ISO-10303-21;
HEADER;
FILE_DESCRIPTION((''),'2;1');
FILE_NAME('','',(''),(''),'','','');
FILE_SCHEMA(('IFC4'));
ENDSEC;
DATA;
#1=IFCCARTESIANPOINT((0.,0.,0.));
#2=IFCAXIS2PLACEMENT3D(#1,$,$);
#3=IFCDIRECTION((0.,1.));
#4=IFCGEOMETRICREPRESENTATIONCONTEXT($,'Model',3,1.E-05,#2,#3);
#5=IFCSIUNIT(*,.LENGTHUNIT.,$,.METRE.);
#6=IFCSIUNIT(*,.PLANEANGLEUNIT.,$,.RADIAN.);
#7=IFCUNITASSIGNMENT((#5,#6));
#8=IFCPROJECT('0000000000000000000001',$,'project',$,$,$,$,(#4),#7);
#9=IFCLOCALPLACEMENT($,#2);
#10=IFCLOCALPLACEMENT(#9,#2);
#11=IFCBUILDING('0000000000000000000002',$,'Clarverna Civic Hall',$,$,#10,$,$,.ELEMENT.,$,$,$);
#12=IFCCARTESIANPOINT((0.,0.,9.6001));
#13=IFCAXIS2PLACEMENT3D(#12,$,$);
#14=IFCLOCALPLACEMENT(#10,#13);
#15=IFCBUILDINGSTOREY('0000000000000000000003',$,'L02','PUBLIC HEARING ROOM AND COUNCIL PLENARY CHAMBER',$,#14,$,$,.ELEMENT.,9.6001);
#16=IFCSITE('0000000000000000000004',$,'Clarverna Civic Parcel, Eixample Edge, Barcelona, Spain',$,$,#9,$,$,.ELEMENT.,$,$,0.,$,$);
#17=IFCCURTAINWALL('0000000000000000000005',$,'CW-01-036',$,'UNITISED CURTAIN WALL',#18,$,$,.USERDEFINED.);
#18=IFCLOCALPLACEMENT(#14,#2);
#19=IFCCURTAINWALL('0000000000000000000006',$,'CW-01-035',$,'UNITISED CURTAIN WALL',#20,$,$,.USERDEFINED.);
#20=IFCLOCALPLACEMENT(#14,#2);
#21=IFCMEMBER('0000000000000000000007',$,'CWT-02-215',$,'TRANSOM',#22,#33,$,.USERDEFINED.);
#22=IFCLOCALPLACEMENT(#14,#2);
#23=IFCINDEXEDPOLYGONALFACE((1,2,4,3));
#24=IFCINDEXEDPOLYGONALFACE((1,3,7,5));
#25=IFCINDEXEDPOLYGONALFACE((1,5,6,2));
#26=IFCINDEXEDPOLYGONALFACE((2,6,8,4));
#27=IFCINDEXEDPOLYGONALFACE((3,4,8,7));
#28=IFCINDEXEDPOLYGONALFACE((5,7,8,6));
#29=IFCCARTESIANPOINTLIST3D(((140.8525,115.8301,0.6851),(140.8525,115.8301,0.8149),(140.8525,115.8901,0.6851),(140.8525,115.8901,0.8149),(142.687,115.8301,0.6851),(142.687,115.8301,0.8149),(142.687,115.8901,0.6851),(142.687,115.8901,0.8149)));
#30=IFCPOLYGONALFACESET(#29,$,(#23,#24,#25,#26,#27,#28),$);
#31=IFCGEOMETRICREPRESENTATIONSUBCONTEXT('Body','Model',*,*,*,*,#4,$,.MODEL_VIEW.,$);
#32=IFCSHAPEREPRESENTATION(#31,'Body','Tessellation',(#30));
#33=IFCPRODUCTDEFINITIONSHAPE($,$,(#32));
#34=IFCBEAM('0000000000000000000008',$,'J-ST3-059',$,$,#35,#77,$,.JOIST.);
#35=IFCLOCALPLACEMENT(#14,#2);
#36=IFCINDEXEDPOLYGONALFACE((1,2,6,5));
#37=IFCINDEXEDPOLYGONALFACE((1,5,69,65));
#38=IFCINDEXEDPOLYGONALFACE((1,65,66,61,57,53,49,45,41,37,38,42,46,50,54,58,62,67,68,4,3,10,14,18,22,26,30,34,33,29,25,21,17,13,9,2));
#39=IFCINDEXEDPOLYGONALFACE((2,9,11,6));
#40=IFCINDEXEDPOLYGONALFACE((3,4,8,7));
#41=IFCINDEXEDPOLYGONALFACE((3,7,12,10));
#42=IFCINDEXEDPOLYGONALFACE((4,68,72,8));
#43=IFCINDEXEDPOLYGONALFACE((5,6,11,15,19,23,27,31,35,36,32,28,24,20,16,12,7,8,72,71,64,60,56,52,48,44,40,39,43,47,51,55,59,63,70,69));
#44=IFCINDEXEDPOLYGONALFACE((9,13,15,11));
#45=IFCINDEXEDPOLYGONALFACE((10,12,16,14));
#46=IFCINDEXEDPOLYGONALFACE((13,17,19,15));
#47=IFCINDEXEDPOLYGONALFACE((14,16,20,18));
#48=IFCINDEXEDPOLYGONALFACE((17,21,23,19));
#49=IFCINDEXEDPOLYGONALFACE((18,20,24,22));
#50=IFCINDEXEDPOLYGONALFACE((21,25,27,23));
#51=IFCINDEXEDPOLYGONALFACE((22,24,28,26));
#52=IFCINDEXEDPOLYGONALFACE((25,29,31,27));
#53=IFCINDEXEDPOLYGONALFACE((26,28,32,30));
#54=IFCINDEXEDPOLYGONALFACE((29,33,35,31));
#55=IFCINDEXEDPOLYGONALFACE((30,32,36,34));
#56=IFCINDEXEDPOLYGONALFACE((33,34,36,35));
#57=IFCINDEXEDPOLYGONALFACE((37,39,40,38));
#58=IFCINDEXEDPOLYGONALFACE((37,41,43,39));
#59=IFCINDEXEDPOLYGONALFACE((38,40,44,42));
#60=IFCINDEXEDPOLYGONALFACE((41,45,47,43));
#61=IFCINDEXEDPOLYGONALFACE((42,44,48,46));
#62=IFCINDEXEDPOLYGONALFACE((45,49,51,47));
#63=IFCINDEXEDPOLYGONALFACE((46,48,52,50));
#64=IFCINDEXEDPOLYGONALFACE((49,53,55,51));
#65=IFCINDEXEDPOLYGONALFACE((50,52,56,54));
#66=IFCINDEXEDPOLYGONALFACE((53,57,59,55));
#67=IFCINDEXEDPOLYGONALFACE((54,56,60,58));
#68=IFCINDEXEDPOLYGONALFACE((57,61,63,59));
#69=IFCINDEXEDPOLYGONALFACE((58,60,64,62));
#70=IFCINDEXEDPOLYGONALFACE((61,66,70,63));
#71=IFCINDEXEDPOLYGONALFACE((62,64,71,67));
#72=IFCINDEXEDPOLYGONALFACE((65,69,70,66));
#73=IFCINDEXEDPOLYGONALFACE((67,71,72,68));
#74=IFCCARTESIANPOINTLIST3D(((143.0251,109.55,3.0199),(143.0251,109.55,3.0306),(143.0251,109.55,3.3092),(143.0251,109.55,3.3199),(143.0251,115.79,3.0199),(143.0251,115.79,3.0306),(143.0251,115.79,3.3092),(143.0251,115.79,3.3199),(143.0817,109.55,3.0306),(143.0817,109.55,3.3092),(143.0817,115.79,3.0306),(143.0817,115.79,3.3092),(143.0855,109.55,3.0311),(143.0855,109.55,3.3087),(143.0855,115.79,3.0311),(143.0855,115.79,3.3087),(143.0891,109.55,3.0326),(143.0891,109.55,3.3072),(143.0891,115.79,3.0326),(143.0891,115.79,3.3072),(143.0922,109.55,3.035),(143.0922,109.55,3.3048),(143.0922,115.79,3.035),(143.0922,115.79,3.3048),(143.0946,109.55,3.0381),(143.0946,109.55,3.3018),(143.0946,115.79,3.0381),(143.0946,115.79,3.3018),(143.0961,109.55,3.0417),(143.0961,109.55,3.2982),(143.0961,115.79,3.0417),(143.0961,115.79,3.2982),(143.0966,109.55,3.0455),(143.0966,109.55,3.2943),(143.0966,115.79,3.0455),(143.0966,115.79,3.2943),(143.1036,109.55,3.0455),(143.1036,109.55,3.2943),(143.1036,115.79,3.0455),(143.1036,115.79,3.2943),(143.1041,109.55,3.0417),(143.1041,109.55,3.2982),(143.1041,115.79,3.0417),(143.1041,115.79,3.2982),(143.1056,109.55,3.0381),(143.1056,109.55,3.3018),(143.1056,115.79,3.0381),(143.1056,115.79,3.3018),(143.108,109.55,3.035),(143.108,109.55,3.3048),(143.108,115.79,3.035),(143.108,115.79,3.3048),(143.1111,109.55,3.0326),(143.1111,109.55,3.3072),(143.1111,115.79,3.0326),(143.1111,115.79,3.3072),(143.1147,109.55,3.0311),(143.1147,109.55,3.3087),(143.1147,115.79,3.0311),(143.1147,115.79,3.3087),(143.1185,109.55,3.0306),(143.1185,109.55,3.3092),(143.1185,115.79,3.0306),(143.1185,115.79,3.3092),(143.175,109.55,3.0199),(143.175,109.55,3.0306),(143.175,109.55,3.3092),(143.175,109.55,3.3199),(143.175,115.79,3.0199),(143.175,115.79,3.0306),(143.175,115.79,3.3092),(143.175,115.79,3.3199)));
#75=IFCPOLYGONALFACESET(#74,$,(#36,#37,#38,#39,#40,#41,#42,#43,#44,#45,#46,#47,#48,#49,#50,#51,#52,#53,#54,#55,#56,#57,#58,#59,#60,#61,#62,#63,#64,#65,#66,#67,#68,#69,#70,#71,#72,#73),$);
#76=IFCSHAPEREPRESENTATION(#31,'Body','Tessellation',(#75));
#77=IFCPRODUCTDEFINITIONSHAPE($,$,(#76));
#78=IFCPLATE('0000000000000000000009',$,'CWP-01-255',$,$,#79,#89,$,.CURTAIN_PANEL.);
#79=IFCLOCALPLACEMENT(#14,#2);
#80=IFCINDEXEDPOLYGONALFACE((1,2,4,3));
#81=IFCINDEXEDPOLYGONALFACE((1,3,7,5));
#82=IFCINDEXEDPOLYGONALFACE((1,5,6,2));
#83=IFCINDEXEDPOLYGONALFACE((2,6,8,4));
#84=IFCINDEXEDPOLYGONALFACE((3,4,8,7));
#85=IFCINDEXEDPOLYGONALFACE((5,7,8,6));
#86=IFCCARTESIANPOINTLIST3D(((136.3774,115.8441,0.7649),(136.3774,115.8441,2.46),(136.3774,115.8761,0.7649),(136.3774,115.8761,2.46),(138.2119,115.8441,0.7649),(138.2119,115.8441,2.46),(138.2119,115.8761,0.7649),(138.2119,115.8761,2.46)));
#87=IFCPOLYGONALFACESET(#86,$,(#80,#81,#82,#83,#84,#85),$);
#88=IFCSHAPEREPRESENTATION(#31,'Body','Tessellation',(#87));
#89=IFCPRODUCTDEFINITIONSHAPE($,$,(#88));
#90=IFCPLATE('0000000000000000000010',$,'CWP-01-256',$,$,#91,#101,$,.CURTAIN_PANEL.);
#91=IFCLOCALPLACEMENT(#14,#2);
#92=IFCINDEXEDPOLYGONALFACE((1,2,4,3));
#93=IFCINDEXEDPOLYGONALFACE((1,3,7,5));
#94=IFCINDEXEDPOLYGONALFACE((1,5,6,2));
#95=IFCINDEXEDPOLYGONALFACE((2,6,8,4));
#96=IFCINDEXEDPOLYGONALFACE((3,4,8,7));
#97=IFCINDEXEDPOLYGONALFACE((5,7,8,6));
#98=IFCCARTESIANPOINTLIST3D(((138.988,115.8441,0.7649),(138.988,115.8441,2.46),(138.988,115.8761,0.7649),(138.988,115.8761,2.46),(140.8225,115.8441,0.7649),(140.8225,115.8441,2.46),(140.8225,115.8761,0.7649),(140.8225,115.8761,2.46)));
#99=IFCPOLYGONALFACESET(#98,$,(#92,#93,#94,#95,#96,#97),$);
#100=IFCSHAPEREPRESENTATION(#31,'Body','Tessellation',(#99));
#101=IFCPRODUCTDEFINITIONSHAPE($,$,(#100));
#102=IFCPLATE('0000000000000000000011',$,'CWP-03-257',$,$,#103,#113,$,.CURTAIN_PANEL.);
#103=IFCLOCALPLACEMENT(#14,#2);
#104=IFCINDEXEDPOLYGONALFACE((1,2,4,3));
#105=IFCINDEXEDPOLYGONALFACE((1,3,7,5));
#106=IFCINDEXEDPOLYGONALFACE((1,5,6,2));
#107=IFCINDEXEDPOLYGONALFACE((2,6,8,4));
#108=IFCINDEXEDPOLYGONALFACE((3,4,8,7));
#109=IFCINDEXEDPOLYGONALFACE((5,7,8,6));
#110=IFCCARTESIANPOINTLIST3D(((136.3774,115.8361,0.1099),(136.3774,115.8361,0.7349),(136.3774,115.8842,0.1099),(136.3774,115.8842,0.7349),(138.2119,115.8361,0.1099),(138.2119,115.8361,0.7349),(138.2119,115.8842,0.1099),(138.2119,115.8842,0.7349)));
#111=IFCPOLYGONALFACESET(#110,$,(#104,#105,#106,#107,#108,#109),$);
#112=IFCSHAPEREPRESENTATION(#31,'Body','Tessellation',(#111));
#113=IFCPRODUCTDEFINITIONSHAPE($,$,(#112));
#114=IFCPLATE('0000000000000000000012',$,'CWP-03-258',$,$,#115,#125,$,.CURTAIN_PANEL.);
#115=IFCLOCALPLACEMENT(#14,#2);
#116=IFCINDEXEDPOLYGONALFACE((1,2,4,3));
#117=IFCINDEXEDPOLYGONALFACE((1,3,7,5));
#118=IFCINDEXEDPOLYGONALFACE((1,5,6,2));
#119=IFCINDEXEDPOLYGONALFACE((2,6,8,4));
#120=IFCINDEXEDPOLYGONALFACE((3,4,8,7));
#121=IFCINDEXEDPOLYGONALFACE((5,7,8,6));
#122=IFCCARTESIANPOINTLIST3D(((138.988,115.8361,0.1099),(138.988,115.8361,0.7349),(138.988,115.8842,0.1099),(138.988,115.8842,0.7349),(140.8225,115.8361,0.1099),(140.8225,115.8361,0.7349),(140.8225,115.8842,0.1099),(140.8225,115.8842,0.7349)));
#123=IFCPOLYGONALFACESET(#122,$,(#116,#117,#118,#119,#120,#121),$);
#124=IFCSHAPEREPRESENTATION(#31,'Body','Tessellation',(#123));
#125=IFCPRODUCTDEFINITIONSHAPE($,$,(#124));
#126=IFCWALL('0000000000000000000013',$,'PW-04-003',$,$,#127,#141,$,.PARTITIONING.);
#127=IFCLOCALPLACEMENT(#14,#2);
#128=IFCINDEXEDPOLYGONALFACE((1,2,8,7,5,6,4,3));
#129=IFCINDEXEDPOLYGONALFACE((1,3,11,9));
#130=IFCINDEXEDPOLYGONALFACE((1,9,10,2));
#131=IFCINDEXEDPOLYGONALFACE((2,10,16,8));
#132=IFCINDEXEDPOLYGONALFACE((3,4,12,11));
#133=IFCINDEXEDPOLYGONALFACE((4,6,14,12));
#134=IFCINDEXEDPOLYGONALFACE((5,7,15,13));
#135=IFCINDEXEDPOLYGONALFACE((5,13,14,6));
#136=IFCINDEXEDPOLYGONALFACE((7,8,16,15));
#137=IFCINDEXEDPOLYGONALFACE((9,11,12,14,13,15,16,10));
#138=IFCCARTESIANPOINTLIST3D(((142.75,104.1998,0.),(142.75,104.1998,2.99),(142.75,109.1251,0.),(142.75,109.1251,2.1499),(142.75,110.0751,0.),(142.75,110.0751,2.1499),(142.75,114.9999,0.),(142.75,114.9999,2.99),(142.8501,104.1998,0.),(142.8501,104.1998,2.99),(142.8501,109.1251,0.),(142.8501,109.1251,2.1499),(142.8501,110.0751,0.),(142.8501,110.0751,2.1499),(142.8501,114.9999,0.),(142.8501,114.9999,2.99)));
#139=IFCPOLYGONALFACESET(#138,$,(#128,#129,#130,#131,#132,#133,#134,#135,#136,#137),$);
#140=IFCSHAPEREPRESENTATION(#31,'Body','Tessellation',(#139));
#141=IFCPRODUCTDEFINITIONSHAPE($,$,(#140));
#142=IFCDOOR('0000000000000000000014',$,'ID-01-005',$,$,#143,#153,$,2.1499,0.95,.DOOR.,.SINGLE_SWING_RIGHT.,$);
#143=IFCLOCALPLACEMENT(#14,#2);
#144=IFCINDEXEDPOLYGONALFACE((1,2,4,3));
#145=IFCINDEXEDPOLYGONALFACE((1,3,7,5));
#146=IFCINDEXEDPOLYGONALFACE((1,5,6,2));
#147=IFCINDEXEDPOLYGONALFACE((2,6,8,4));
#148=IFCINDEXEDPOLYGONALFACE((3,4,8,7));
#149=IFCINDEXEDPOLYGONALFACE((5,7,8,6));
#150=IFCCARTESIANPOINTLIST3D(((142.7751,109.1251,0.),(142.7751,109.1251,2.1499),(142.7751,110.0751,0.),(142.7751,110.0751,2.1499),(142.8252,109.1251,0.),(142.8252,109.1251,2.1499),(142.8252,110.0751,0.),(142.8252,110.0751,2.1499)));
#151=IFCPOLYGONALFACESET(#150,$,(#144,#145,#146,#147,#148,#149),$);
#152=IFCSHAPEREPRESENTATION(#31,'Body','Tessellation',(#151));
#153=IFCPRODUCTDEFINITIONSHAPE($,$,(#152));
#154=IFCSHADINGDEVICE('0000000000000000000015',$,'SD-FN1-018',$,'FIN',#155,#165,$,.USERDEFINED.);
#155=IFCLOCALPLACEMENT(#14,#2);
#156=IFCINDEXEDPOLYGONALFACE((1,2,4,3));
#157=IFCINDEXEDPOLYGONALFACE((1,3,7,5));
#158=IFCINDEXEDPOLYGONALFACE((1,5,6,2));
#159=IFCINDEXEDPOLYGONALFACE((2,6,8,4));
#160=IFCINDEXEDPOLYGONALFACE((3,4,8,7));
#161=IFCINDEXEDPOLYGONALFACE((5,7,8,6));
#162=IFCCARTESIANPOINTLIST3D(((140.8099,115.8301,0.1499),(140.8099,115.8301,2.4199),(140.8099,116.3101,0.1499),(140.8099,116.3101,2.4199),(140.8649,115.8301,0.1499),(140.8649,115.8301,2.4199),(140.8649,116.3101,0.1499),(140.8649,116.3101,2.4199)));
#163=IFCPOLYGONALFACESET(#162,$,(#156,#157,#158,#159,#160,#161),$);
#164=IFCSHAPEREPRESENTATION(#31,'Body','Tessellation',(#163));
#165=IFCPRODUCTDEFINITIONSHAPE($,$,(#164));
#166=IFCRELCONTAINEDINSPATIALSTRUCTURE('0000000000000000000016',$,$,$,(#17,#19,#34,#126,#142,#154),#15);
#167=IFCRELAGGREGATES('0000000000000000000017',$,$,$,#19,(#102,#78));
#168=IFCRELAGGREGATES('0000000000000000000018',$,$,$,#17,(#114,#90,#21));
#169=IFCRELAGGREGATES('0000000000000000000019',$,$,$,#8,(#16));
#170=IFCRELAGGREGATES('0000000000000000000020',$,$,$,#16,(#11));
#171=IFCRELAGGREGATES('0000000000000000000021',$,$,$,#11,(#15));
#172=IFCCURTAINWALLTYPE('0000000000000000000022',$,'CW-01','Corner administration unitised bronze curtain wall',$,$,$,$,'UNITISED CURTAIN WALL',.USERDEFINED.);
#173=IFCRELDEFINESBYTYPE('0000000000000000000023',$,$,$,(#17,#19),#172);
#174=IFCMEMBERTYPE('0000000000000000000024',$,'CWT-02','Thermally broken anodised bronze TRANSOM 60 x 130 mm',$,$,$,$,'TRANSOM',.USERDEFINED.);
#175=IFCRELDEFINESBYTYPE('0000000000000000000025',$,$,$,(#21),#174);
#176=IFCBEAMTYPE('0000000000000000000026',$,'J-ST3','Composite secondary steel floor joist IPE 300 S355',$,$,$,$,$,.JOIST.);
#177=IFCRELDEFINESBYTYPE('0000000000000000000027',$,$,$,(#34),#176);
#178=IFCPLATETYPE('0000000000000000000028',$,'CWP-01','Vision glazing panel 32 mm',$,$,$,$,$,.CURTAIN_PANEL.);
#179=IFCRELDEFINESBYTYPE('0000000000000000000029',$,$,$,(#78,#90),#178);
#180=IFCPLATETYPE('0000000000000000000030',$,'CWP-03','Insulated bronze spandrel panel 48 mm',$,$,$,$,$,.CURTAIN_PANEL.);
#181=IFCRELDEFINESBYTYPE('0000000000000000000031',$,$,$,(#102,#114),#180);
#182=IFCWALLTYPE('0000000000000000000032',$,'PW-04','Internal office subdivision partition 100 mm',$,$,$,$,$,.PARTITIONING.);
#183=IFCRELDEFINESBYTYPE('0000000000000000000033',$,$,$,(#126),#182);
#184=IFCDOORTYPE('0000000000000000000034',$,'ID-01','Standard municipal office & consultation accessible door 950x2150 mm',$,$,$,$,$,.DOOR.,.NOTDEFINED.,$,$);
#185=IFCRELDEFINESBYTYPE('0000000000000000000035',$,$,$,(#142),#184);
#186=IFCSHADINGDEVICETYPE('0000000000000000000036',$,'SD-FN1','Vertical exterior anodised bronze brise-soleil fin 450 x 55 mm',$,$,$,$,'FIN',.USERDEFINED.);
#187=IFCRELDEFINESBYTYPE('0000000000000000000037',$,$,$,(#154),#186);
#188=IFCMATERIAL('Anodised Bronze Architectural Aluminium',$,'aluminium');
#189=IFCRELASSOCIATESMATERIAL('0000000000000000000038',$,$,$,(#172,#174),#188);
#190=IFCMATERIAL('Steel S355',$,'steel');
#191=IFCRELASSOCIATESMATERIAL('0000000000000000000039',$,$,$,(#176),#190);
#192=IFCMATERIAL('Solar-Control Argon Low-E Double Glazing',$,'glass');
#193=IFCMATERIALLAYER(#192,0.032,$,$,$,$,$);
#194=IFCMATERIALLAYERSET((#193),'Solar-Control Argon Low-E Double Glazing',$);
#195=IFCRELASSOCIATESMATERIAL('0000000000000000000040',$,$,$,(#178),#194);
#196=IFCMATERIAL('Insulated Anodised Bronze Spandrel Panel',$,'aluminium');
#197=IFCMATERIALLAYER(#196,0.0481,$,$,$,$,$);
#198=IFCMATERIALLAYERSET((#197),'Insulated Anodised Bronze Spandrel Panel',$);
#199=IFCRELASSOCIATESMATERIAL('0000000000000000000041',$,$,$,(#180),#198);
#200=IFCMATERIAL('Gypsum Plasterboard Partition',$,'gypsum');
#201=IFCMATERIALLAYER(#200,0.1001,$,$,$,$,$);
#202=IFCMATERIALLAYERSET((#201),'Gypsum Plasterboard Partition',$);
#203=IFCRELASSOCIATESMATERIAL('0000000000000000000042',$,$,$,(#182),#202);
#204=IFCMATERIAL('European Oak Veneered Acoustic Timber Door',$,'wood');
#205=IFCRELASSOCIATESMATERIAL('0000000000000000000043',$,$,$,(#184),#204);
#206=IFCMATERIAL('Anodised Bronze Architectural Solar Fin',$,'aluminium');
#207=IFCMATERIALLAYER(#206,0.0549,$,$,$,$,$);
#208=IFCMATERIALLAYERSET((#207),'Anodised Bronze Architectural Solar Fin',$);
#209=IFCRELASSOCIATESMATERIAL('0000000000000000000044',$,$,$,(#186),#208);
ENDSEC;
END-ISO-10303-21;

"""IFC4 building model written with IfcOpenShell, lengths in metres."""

from ifc_helpers import new_model, si_unit, direction, frame, frame_2d, origin, origin_2d, place, context, subcontext, project, spatial, rectangle, i_section, extrude, material, layer, layer_set, material_profile, profile_set, type_object, element, fill, aggregate, save


model = new_model("IFC4")

# Units and contexts
model_context = context("Model", 3, precision=1e-05, world=origin(), true_north=direction((0.0, 1.0)))
body_context = subcontext(model_context, "Body", "Model", "MODEL_VIEW")
ifc_project = project(units=[si_unit("LENGTHUNIT", "METRE"), si_unit("PLANEANGLEUNIT", "RADIAN")], contexts=[model_context])

# Site, building, storey
site_placement = place(None, origin())
site = spatial("IfcSite", under=ifc_project, at=site_placement, Name="Clarverna Civic Parcel, Eixample Edge, Barcelona, Spain", CompositionType="ELEMENT", RefElevation=0.0)
building_placement = place(site_placement, origin())
building = spatial("IfcBuilding", under=site, at=building_placement, Name="Clarverna Civic Hall", CompositionType="ELEMENT")
storey_placement = place(building_placement, frame((0.0, 0.0, 9.6001)))
storey = spatial("IfcBuildingStorey", under=building, at=storey_placement, Name="L02", Description="PUBLIC HEARING ROOM AND COUNCIL PLENARY CHAMBER", CompositionType="ELEMENT", Elevation=9.6001)

# Shared definitions
ifc_material_1 = material(Name="Steel S355", Category="steel")

# Curtain wall
ifc_material_2 = material(Name="Anodised Bronze Architectural Aluminium", Category="aluminium")
curtain_wall_type = type_object("IfcCurtainWallType", Name="CW-01", Description="Corner administration unitised bronze curtain wall", ElementType="UNITISED CURTAIN WALL", PredefinedType="USERDEFINED", material=ifc_material_2)
curtain_wall_1_placement = place(storey_placement, origin())
curtain_wall_1 = element("IfcCurtainWall", 1, at=curtain_wall_1_placement, inside=storey, type_object=curtain_wall_type, Name="CW-01-036", ObjectType="UNITISED CURTAIN WALL", PredefinedType="USERDEFINED")

# Curtain wall
curtain_wall_2_placement = place(storey_placement, origin())
curtain_wall_2 = element("IfcCurtainWall", 2, at=curtain_wall_2_placement, inside=storey, type_object=curtain_wall_type, Name="CW-01-035", ObjectType="UNITISED CURTAIN WALL", PredefinedType="USERDEFINED")

# Member
ifc_material_profile_1 = material_profile(ifc_material_2, rectangle(XDim=0.0601, YDim=0.1299, at=origin_2d()), Name="BRONZE 60x130")
ifc_profile_set_1 = profile_set([ifc_material_profile_1], Name="Anodised Bronze Architectural Aluminium")
member_type_1 = type_object("IfcMemberType", Name="CWT-02", Description="Thermally broken anodised bronze TRANSOM 60 x 130 mm", ElementType="TRANSOM", PredefinedType="USERDEFINED", material=ifc_profile_set_1)
member_1_placement = place(storey_placement, frame((140.8525, 115.8601, 0.75), z_axis=(1.0, 0.0, 0.0), x_axis=(0.0, 1.0, 0.0)))
member_1 = element("IfcMember", 3, at=member_1_placement, type_object=member_type_1, Name="CWT-02-215", ObjectType="TRANSOM", PredefinedType="USERDEFINED", context=body_context, shape_type="SweptSolid", body=[
    extrude(rectangle(XDim=0.0601, YDim=0.1299, at=origin_2d()), origin(), (0.0, 0.0, 1.0), 1.8345),
])

# Beam
ifc_material_profile_2 = material_profile(ifc_material_1, i_section(OverallWidth=0.1499, OverallDepth=0.3, WebThickness=0.0071, FlangeThickness=0.0107, FilletRadius=0.0149, at=origin_2d()), Name="IPE 300")
ifc_profile_set_2 = profile_set([ifc_material_profile_2], Name="Steel S355")
beam_type_1 = type_object("IfcBeamType", Name="J-ST3", Description="Composite secondary steel floor joist IPE 300 S355", PredefinedType="JOIST", material=ifc_profile_set_2)
beam_1_placement = place(storey_placement, frame((143.1001, 109.55, 3.1699), z_axis=(0.0, 1.0, 0.0), x_axis=(-1.0, 0.0, 0.0)))
element("IfcBeam", 4, at=beam_1_placement, inside=storey, type_object=beam_type_1, Name="J-ST3-059", PredefinedType="JOIST", context=body_context, shape_type="SweptSolid", body=[
    extrude(i_section(OverallWidth=0.1499, OverallDepth=0.3, WebThickness=0.0071, FlangeThickness=0.0107, FilletRadius=0.0149, at=origin_2d()), origin(), (0.0, 0.0, 1.0), 6.24),
])

# Plates
ifc_material_3 = material(Name="Solar-Control Argon Low-E Double Glazing", Category="glass")
ifc_layer_1 = layer(ifc_material_3, 0.032)
ifc_layer_set_1 = layer_set([ifc_layer_1], Name="Solar-Control Argon Low-E Double Glazing")
plate_type_1 = type_object("IfcPlateType", Name="CWP-01", Description="Vision glazing panel 32 mm", PredefinedType="CURTAIN_PANEL", material=ifc_layer_set_1)
plate_1_placement = place(storey_placement, frame((136.3774, 115.8601, 0.7649), z_axis=(0.0, 0.0, 1.0), x_axis=(1.0, 0.0, 0.0)))
plate_1 = element("IfcPlate", 5, at=plate_1_placement, type_object=plate_type_1, Name="CWP-01-255", PredefinedType="CURTAIN_PANEL", context=body_context, shape_type="SweptSolid", body=[
    extrude(rectangle(XDim=1.8345, YDim=0.032, at=frame_2d((0.9172, 0.0))), origin(), (0.0, 0.0, 1.0), 1.6951),
])
plate_2_placement = place(storey_placement, frame((138.988, 115.8601, 0.7649), z_axis=(0.0, 0.0, 1.0), x_axis=(1.0, 0.0, 0.0)))
plate_2 = element("IfcPlate", 6, at=plate_2_placement, type_object=plate_type_1, Name="CWP-01-256", PredefinedType="CURTAIN_PANEL", context=body_context, shape_type="SweptSolid", body=[
    extrude(rectangle(XDim=1.8345, YDim=0.032, at=frame_2d((0.9172, 0.0))), origin(), (0.0, 0.0, 1.0), 1.6951),
])
ifc_material_4 = material(Name="Insulated Anodised Bronze Spandrel Panel", Category="aluminium")
ifc_layer_2 = layer(ifc_material_4, 0.0481)
ifc_layer_set_2 = layer_set([ifc_layer_2], Name="Insulated Anodised Bronze Spandrel Panel")
plate_type_2 = type_object("IfcPlateType", Name="CWP-03", Description="Insulated bronze spandrel panel 48 mm", PredefinedType="CURTAIN_PANEL", material=ifc_layer_set_2)
plate_3_placement = place(storey_placement, frame((136.3774, 115.8601, 0.1099), z_axis=(0.0, 0.0, 1.0), x_axis=(1.0, 0.0, 0.0)))
plate_3 = element("IfcPlate", 7, at=plate_3_placement, type_object=plate_type_2, Name="CWP-03-257", PredefinedType="CURTAIN_PANEL", context=body_context, shape_type="SweptSolid", body=[
    extrude(rectangle(XDim=1.8345, YDim=0.0481, at=frame_2d((0.9172, 0.0))), origin(), (0.0, 0.0, 1.0), 0.625),
])
aggregate(curtain_wall_2, [plate_3, plate_1])
plate_4_placement = place(storey_placement, frame((138.988, 115.8601, 0.1099), z_axis=(0.0, 0.0, 1.0), x_axis=(1.0, 0.0, 0.0)))
plate_4 = element("IfcPlate", 8, at=plate_4_placement, type_object=plate_type_2, Name="CWP-03-258", PredefinedType="CURTAIN_PANEL", context=body_context, shape_type="SweptSolid", body=[
    extrude(rectangle(XDim=1.8345, YDim=0.0481, at=frame_2d((0.9172, 0.0))), origin(), (0.0, 0.0, 1.0), 0.625),
])
aggregate(curtain_wall_1, [plate_4, plate_2, member_1])

# Wall, opening, door
ifc_material_5 = material(Name="Gypsum Plasterboard Partition", Category="gypsum")
ifc_layer_3 = layer(ifc_material_5, 0.1001)
ifc_layer_set_3 = layer_set([ifc_layer_3], Name="Gypsum Plasterboard Partition")
wall_type = type_object("IfcWallType", Name="PW-04", Description="Internal office subdivision partition 100 mm", PredefinedType="PARTITIONING", material=ifc_layer_set_3)
wall_placement = place(storey_placement, frame((142.8, 104.2, 0.0), z_axis=(0.0, 0.0, 1.0), x_axis=(0.0, 1.0, 0.0)))
wall = element("IfcWall", 9, at=wall_placement, inside=storey, type_object=wall_type, Name="PW-04-003", PredefinedType="PARTITIONING", context=body_context, shape_type="SweptSolid", body=[
    extrude(rectangle(XDim=10.8, YDim=0.1001, at=frame_2d((5.3999, 0.0))), origin(), (0.0, 0.0, 1.0), 2.99),
])
opening_placement = place(wall_placement, frame((4.925, 0.0, 0.0)))
opening = element("IfcOpeningElement", 10, at=opening_placement, cuts=wall, PredefinedType="OPENING", context=body_context, shape_type="SweptSolid", body=[
    extrude(rectangle(XDim=0.95, YDim=2.1499, at=frame_2d((0.4751, 1.075))), frame((0.0, 0.0601, 0.0), z_axis=(0.0, -1.0, 0.0), x_axis=(1.0, 0.0, 0.0)), (0.0, 0.0, 1.0), 0.1201),
])
ifc_material_6 = material(Name="European Oak Veneered Acoustic Timber Door", Category="wood")
door_type = type_object("IfcDoorType", Name="ID-01", Description="Standard municipal office & consultation accessible door 950x2150 mm", OperationType="NOTDEFINED", PredefinedType="DOOR", material=ifc_material_6)
door_placement = place(opening_placement, origin())
door = element("IfcDoor", 11, at=door_placement, inside=storey, type_object=door_type, Name="ID-01-005", OperationType="SINGLE_SWING_RIGHT", OverallHeight=2.1499, OverallWidth=0.95, PredefinedType="DOOR", context=body_context, shape_type="SweptSolid", body=[
    extrude(rectangle(XDim=0.95, YDim=2.1499, at=frame_2d((0.4751, 1.075))), frame((0.0, 0.0249, 0.0), z_axis=(0.0, -1.0, 0.0), x_axis=(1.0, 0.0, 0.0)), (0.0, 0.0, 1.0), 0.05),
])
fill(opening, door)

# Shading device
ifc_material_7 = material(Name="Anodised Bronze Architectural Solar Fin", Category="aluminium")
ifc_layer_4 = layer(ifc_material_7, 0.0549)
ifc_layer_set_4 = layer_set([ifc_layer_4], Name="Anodised Bronze Architectural Solar Fin")
shading_device_type = type_object("IfcShadingDeviceType", Name="SD-FN1", Description="Vertical exterior anodised bronze brise-soleil fin 450 x 55 mm", ElementType="FIN", PredefinedType="USERDEFINED", material=ifc_layer_set_4)
shading_device_placement = place(storey_placement, frame((140.8374, 115.8301, 0.1499), z_axis=(0.0, 0.0, 1.0), x_axis=(0.0, 1.0, 0.0)))
element("IfcShadingDevice", 12, at=shading_device_placement, inside=storey, type_object=shading_device_type, Name="SD-FN1-018", ObjectType="FIN", PredefinedType="USERDEFINED", context=body_context, shape_type="SweptSolid", body=[
    extrude(rectangle(XDim=0.48, YDim=0.0549, at=frame_2d((0.24, 0.0))), origin(), (0.0, 0.0, 1.0), 2.27),
])

save(model, "model.ifc")
